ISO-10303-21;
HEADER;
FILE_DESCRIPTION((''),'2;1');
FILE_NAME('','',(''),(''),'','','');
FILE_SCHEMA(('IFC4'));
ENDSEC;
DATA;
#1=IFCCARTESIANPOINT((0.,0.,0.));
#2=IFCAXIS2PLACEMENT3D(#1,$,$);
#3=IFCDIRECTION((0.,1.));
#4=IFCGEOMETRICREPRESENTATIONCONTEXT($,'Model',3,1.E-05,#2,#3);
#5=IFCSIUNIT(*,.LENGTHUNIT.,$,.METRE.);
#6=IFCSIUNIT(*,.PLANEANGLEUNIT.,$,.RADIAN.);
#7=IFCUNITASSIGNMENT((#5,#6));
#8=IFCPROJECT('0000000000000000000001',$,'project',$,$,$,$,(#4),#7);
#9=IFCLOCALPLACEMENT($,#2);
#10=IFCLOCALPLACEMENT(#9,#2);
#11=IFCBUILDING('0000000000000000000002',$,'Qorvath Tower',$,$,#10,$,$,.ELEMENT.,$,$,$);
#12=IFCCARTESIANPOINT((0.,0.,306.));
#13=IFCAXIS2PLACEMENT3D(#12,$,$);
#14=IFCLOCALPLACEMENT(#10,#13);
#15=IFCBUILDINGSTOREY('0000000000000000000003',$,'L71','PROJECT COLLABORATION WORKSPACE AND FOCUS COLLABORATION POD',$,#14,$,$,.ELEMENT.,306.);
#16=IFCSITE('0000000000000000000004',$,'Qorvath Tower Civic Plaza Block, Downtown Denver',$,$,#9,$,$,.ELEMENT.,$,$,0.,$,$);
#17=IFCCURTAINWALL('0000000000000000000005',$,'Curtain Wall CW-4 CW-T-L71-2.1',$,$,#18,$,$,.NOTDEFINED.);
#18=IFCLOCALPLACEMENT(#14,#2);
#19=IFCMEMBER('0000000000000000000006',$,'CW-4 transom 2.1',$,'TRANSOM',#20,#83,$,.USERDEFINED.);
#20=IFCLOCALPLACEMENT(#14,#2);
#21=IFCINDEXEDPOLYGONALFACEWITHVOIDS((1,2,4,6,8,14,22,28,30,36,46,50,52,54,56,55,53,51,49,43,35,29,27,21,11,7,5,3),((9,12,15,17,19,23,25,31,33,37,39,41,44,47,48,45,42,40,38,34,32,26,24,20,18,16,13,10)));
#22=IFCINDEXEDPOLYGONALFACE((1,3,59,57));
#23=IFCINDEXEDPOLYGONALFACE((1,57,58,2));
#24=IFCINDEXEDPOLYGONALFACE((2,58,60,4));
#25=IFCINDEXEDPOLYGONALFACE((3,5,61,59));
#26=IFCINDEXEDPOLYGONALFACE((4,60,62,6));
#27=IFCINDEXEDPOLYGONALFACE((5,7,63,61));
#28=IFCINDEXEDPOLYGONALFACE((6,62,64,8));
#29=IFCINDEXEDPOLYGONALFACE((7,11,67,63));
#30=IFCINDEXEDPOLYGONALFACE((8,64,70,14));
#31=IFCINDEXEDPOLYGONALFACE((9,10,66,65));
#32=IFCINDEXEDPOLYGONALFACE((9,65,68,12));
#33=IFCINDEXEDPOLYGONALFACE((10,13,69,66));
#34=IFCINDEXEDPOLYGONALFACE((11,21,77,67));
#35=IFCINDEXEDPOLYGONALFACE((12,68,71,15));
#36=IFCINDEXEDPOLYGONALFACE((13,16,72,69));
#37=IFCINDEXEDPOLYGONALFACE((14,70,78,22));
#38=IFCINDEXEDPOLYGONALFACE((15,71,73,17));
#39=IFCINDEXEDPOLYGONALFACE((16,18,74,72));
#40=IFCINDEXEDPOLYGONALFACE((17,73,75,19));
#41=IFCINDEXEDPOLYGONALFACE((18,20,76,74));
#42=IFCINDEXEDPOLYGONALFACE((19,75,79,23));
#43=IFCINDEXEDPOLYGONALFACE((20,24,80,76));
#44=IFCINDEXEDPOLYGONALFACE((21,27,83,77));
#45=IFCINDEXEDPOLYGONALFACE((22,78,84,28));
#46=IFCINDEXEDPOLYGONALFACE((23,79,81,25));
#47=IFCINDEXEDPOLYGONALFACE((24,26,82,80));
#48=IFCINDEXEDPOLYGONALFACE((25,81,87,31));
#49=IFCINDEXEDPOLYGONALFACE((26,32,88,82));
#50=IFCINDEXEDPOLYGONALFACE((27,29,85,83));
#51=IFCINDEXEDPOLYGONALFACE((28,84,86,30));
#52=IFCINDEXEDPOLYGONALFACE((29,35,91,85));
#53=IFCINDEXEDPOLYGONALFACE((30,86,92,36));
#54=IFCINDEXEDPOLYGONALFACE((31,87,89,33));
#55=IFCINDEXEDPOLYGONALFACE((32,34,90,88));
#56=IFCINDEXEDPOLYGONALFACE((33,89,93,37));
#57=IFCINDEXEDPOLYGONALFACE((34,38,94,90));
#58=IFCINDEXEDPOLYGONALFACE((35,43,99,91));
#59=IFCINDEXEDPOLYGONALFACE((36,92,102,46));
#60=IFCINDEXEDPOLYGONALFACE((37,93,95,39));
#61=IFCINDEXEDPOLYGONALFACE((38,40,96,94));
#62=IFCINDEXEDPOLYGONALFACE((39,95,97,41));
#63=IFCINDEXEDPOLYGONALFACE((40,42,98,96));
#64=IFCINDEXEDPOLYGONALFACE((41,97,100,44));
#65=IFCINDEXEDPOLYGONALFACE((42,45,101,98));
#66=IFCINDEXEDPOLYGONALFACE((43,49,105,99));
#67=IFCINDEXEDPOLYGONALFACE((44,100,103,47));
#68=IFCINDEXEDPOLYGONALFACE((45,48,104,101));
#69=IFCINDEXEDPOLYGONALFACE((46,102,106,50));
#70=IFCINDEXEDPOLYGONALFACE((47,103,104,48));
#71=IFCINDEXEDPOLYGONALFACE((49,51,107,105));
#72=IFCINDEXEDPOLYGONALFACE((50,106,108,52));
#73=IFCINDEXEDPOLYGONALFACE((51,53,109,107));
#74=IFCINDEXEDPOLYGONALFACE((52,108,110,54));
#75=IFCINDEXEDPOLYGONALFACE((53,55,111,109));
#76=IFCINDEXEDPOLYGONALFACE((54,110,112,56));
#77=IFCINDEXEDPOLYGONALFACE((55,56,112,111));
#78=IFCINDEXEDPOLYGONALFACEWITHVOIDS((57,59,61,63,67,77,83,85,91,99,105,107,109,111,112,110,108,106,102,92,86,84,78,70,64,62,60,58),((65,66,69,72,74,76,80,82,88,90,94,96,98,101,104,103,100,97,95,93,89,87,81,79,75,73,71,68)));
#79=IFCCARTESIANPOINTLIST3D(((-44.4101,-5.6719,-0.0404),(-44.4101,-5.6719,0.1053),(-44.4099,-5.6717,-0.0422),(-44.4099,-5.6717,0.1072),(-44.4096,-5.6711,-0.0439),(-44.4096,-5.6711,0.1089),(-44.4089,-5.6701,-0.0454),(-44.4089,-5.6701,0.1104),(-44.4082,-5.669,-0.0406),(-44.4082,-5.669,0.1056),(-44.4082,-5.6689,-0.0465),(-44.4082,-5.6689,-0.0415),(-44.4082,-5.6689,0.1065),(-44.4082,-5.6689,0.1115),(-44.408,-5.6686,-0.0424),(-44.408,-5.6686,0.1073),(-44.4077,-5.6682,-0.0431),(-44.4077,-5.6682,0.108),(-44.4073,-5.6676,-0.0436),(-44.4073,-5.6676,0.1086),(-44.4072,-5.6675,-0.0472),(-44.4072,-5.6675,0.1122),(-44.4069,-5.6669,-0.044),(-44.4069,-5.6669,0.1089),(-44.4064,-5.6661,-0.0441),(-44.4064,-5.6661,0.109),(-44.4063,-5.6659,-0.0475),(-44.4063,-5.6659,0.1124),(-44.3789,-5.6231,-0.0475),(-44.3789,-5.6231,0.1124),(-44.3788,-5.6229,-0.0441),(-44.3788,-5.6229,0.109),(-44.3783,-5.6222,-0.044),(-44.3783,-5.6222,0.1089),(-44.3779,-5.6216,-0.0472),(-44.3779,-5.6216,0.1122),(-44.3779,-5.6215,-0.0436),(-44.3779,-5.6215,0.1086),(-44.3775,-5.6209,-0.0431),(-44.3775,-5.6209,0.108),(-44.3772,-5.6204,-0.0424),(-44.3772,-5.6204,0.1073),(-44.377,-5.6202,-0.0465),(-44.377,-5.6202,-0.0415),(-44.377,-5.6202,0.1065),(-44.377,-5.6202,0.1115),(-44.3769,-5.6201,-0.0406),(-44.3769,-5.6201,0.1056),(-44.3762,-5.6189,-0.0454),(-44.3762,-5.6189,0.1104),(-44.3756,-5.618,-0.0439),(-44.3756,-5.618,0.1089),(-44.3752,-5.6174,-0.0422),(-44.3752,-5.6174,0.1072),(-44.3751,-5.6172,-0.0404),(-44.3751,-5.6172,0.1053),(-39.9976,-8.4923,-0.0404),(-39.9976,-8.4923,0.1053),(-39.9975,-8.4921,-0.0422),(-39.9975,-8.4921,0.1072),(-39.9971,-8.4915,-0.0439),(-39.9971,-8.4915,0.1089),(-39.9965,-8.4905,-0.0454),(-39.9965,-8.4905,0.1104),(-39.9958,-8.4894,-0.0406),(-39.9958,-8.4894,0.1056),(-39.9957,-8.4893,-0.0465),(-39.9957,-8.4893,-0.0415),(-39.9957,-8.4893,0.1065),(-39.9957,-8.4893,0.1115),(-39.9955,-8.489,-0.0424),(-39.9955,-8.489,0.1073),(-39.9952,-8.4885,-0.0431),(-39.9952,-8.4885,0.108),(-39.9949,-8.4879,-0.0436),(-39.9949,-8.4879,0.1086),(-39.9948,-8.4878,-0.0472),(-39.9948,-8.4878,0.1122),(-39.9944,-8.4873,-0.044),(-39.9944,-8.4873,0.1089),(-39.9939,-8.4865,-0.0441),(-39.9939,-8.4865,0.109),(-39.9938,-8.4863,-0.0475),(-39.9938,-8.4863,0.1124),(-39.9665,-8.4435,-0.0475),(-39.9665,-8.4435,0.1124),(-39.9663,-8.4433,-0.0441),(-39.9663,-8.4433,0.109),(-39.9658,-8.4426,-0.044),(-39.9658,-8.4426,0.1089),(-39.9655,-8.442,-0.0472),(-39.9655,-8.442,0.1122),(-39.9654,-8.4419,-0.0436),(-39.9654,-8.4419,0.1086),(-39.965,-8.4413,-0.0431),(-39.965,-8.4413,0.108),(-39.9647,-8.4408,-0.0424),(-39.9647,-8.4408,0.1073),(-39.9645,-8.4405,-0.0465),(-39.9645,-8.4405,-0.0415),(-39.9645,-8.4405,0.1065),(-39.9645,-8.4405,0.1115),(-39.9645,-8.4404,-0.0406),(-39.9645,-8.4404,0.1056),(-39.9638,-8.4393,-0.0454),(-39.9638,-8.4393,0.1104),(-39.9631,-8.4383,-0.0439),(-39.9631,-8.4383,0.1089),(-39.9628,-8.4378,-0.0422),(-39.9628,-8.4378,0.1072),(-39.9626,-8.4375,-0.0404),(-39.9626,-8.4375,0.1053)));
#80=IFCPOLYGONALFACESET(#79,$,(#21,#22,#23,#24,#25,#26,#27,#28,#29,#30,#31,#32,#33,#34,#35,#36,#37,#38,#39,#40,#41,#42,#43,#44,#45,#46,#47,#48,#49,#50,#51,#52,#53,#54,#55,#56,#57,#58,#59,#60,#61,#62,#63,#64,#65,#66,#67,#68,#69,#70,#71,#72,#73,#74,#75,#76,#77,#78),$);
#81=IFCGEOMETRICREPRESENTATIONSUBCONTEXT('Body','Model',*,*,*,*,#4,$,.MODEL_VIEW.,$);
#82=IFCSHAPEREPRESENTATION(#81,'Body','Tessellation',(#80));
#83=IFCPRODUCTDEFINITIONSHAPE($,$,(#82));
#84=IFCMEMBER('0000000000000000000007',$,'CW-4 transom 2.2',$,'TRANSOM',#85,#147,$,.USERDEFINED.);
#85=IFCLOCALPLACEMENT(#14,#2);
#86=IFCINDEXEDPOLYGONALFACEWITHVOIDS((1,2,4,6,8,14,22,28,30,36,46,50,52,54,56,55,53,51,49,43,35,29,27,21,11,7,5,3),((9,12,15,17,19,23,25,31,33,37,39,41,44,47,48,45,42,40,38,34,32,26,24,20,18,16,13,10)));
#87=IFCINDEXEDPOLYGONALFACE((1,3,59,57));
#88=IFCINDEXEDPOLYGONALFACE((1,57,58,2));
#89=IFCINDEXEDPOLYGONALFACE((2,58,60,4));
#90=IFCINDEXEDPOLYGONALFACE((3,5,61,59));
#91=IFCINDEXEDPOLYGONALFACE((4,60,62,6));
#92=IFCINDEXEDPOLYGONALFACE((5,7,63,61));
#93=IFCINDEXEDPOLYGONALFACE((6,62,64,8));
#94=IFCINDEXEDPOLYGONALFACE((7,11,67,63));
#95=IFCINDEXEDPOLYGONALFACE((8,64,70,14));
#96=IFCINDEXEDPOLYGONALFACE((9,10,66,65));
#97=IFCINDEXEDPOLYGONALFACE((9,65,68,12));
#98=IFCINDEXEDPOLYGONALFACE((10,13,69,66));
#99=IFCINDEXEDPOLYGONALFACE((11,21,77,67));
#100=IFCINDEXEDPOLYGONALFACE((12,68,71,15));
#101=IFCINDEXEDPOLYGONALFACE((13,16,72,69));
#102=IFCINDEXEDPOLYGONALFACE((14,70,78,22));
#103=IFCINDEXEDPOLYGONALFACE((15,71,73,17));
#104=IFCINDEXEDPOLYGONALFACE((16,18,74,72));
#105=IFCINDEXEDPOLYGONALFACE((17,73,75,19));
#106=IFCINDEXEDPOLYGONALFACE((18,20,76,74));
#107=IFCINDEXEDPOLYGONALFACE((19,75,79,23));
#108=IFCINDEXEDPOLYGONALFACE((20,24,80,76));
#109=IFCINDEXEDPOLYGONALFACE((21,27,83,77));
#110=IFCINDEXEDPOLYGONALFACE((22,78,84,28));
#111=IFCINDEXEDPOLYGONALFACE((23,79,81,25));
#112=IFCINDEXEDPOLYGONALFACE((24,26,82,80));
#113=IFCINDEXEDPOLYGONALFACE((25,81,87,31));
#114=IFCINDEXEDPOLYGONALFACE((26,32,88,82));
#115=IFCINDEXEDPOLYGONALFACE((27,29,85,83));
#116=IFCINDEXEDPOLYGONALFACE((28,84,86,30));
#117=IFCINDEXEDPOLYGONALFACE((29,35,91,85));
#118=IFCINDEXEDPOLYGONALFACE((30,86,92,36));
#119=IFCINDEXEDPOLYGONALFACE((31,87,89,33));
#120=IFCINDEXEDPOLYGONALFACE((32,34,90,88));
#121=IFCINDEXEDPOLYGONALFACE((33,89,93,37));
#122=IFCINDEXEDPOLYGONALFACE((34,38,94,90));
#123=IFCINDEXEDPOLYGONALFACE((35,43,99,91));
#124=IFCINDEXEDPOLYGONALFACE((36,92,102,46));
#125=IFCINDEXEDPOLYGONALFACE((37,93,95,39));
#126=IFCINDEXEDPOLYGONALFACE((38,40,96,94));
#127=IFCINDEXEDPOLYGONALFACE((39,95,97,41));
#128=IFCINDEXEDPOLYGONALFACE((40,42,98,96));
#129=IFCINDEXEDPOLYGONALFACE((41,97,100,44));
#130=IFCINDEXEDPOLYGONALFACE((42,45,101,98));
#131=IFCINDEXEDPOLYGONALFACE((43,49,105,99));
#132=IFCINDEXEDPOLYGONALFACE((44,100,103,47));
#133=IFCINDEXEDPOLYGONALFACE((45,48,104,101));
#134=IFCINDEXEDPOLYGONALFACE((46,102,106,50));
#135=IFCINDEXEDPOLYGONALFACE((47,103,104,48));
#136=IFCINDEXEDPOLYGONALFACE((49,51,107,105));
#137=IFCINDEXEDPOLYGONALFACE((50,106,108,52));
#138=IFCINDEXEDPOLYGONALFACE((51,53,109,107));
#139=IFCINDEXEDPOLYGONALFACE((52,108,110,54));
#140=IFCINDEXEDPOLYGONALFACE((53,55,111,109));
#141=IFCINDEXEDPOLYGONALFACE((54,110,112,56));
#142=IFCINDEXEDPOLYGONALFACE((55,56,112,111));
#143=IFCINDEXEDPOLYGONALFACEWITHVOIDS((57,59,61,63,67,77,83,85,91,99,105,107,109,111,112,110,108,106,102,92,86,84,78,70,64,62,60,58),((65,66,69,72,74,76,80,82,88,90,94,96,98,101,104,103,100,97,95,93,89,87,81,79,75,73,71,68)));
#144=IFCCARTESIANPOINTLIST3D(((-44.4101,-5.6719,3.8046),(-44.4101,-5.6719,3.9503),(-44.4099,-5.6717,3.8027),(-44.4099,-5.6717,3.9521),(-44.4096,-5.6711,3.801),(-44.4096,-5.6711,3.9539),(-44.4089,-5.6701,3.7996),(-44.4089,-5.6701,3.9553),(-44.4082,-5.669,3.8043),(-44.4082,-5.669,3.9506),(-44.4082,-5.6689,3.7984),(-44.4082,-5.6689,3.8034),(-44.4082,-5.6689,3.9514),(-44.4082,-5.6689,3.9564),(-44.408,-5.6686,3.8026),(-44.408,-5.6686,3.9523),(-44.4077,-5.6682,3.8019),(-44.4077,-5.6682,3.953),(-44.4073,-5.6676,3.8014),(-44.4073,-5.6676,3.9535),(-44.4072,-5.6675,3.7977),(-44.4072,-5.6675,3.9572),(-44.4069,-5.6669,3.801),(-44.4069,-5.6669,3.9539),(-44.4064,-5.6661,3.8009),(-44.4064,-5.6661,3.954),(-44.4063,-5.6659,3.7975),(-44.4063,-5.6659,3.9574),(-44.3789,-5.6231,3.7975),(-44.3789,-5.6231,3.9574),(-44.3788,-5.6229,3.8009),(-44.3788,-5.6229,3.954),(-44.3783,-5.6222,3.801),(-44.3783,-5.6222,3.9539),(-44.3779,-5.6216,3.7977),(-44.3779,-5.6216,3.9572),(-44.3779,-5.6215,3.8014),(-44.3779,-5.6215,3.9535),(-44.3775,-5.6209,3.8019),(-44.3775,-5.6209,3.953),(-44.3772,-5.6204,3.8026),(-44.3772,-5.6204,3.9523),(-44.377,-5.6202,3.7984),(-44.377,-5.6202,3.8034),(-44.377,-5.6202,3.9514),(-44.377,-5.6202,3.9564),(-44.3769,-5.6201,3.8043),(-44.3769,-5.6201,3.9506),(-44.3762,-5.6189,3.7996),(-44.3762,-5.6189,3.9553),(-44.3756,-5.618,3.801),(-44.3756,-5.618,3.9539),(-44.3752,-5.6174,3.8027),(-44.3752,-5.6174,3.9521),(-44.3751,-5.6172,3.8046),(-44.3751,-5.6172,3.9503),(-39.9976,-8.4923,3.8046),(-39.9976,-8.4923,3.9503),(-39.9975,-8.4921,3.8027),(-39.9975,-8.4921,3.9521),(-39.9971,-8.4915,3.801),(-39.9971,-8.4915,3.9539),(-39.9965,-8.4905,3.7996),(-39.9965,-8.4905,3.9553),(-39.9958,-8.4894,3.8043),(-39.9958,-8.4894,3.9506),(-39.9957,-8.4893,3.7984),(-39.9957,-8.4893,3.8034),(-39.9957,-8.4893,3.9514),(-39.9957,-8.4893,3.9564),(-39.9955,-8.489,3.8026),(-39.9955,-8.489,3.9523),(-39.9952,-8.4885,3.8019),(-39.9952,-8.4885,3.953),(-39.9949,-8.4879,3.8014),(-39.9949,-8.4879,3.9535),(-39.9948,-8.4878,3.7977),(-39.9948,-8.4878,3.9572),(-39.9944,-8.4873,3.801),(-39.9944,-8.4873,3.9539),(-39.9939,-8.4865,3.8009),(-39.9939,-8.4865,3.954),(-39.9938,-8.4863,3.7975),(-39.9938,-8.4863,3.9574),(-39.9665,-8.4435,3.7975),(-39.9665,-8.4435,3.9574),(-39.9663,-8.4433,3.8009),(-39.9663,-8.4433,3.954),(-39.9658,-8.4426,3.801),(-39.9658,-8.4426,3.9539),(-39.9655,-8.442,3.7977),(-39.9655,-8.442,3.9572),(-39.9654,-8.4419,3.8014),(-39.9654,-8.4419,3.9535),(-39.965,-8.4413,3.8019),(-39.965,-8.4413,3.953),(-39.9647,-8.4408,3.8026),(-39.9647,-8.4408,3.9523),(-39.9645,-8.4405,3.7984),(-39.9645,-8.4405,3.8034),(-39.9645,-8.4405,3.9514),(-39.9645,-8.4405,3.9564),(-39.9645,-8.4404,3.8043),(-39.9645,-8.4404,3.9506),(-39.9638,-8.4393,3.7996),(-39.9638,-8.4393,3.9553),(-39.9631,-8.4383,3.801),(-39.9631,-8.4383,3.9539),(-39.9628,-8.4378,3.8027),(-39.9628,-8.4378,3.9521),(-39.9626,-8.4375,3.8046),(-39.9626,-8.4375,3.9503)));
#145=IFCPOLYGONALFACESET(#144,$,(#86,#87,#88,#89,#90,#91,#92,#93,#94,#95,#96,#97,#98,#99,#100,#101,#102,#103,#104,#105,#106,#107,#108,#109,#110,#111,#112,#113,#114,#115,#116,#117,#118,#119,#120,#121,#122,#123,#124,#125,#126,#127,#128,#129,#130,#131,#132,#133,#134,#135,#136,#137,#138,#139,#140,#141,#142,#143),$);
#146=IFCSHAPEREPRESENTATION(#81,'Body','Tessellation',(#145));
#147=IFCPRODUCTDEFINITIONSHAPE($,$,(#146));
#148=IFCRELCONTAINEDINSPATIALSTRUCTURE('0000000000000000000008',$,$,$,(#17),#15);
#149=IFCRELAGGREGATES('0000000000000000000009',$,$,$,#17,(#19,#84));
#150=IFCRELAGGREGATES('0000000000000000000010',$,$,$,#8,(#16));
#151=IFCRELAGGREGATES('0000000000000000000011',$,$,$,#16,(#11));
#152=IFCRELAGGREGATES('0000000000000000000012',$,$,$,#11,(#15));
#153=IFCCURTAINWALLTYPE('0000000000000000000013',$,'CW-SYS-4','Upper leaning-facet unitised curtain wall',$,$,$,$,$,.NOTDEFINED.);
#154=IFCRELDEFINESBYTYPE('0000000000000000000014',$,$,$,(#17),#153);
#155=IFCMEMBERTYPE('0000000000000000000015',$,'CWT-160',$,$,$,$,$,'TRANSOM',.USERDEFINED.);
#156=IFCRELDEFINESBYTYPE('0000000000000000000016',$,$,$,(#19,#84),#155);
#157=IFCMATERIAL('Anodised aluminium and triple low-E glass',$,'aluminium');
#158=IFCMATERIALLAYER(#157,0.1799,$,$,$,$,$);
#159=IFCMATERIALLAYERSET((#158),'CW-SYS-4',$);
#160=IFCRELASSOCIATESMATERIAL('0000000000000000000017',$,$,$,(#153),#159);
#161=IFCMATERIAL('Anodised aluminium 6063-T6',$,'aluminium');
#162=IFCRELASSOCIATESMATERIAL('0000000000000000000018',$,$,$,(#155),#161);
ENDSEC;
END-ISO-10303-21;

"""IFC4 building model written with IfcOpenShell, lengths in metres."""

from ifc_helpers import new_model, si_unit, direction, frame, origin, origin_2d, place, context, subcontext, project, spatial, hollow_rectangle, extrude, material, layer, layer_set, material_profile, profile_set, type_object, element, aggregate, save


model = new_model("IFC4")

# Units and contexts
model_context = context("Model", 3, precision=1e-05, world=origin(), true_north=direction((0.0, 1.0)))
body_context = subcontext(model_context, "Body", "Model", "MODEL_VIEW")
ifc_project = project(units=[si_unit("LENGTHUNIT", "METRE"), si_unit("PLANEANGLEUNIT", "RADIAN")], contexts=[model_context])

# Site, building, storey
site_placement = place(None, origin())
site = spatial("IfcSite", under=ifc_project, at=site_placement, Name="Qorvath Tower Civic Plaza Block, Downtown Denver", CompositionType="ELEMENT", RefElevation=0.0)
building_placement = place(site_placement, origin())
building = spatial("IfcBuilding", under=site, at=building_placement, Name="Qorvath Tower", CompositionType="ELEMENT")
storey_placement = place(building_placement, frame((0.0, 0.0, 306.0)))
storey = spatial("IfcBuildingStorey", under=building, at=storey_placement, Name="L71", Description="PROJECT COLLABORATION WORKSPACE AND FOCUS COLLABORATION POD", CompositionType="ELEMENT", Elevation=306.0)

# Curtain wall, members
ifc_material_1 = material(Name="Anodised aluminium and triple low-E glass", Category="aluminium")
ifc_layer_1 = layer(ifc_material_1, 0.1799)
ifc_layer_set_1 = layer_set([ifc_layer_1], Name="CW-SYS-4")
curtain_wall_type = type_object("IfcCurtainWallType", Name="CW-SYS-4", Description="Upper leaning-facet unitised curtain wall", PredefinedType="NOTDEFINED", material=ifc_layer_set_1)
curtain_wall_placement = place(storey_placement, origin())
curtain_wall = element("IfcCurtainWall", 1, at=curtain_wall_placement, inside=storey, type_object=curtain_wall_type, Name="Curtain Wall CW-4 CW-T-L71-2.1", PredefinedType="NOTDEFINED")
ifc_material_2 = material(Name="Anodised aluminium 6063-T6", Category="aluminium")
ifc_material_profile_1 = material_profile(ifc_material_2, hollow_rectangle(XDim=0.0649, YDim=0.1599, WallThickness=0.0034, InnerFilletRadius=0.0034, OuterFilletRadius=0.0071, at=origin_2d()), Name="CWT 160x65")
ifc_profile_set_1 = profile_set([ifc_material_profile_1], Name="Anodised aluminium 6063-T6")
member_type_1 = type_object("IfcMemberType", Name="CWT-160", ElementType="TRANSOM", PredefinedType="USERDEFINED", material=ifc_profile_set_1)
member_1_placement = place(storey_placement, frame((-44.3926, -5.6445, 0.0325), z_axis=(0.842583, -0.538567, 0.0), x_axis=(0.538567, 0.842583, 0.0)))
member_1 = element("IfcMember", 2, at=member_1_placement, type_object=member_type_1, Name="CW-4 transom 2.1", ObjectType="TRANSOM", PredefinedType="USERDEFINED", context=body_context, shape_type="SweptSolid", body=[
    extrude(hollow_rectangle(XDim=0.0649, YDim=0.1599, WallThickness=0.0034, InnerFilletRadius=0.0034, OuterFilletRadius=0.0071, at=origin_2d()), origin(), (0.0, 0.0, 1.0), 5.2368),
])
member_2_placement = place(storey_placement, frame((-44.3926, -5.6445, 3.8774), z_axis=(0.842583, -0.538567, 0.0), x_axis=(0.538567, 0.842583, 0.0)))
member_2 = element("IfcMember", 3, at=member_2_placement, type_object=member_type_1, Name="CW-4 transom 2.2", ObjectType="TRANSOM", PredefinedType="USERDEFINED", context=body_context, shape_type="SweptSolid", body=[
    extrude(hollow_rectangle(XDim=0.0649, YDim=0.1599, WallThickness=0.0034, InnerFilletRadius=0.0034, OuterFilletRadius=0.0071, at=origin_2d()), origin(), (0.0, 0.0, 1.0), 5.2368),
])
aggregate(curtain_wall, [member_1, member_2])

save(model, "model.ifc")
